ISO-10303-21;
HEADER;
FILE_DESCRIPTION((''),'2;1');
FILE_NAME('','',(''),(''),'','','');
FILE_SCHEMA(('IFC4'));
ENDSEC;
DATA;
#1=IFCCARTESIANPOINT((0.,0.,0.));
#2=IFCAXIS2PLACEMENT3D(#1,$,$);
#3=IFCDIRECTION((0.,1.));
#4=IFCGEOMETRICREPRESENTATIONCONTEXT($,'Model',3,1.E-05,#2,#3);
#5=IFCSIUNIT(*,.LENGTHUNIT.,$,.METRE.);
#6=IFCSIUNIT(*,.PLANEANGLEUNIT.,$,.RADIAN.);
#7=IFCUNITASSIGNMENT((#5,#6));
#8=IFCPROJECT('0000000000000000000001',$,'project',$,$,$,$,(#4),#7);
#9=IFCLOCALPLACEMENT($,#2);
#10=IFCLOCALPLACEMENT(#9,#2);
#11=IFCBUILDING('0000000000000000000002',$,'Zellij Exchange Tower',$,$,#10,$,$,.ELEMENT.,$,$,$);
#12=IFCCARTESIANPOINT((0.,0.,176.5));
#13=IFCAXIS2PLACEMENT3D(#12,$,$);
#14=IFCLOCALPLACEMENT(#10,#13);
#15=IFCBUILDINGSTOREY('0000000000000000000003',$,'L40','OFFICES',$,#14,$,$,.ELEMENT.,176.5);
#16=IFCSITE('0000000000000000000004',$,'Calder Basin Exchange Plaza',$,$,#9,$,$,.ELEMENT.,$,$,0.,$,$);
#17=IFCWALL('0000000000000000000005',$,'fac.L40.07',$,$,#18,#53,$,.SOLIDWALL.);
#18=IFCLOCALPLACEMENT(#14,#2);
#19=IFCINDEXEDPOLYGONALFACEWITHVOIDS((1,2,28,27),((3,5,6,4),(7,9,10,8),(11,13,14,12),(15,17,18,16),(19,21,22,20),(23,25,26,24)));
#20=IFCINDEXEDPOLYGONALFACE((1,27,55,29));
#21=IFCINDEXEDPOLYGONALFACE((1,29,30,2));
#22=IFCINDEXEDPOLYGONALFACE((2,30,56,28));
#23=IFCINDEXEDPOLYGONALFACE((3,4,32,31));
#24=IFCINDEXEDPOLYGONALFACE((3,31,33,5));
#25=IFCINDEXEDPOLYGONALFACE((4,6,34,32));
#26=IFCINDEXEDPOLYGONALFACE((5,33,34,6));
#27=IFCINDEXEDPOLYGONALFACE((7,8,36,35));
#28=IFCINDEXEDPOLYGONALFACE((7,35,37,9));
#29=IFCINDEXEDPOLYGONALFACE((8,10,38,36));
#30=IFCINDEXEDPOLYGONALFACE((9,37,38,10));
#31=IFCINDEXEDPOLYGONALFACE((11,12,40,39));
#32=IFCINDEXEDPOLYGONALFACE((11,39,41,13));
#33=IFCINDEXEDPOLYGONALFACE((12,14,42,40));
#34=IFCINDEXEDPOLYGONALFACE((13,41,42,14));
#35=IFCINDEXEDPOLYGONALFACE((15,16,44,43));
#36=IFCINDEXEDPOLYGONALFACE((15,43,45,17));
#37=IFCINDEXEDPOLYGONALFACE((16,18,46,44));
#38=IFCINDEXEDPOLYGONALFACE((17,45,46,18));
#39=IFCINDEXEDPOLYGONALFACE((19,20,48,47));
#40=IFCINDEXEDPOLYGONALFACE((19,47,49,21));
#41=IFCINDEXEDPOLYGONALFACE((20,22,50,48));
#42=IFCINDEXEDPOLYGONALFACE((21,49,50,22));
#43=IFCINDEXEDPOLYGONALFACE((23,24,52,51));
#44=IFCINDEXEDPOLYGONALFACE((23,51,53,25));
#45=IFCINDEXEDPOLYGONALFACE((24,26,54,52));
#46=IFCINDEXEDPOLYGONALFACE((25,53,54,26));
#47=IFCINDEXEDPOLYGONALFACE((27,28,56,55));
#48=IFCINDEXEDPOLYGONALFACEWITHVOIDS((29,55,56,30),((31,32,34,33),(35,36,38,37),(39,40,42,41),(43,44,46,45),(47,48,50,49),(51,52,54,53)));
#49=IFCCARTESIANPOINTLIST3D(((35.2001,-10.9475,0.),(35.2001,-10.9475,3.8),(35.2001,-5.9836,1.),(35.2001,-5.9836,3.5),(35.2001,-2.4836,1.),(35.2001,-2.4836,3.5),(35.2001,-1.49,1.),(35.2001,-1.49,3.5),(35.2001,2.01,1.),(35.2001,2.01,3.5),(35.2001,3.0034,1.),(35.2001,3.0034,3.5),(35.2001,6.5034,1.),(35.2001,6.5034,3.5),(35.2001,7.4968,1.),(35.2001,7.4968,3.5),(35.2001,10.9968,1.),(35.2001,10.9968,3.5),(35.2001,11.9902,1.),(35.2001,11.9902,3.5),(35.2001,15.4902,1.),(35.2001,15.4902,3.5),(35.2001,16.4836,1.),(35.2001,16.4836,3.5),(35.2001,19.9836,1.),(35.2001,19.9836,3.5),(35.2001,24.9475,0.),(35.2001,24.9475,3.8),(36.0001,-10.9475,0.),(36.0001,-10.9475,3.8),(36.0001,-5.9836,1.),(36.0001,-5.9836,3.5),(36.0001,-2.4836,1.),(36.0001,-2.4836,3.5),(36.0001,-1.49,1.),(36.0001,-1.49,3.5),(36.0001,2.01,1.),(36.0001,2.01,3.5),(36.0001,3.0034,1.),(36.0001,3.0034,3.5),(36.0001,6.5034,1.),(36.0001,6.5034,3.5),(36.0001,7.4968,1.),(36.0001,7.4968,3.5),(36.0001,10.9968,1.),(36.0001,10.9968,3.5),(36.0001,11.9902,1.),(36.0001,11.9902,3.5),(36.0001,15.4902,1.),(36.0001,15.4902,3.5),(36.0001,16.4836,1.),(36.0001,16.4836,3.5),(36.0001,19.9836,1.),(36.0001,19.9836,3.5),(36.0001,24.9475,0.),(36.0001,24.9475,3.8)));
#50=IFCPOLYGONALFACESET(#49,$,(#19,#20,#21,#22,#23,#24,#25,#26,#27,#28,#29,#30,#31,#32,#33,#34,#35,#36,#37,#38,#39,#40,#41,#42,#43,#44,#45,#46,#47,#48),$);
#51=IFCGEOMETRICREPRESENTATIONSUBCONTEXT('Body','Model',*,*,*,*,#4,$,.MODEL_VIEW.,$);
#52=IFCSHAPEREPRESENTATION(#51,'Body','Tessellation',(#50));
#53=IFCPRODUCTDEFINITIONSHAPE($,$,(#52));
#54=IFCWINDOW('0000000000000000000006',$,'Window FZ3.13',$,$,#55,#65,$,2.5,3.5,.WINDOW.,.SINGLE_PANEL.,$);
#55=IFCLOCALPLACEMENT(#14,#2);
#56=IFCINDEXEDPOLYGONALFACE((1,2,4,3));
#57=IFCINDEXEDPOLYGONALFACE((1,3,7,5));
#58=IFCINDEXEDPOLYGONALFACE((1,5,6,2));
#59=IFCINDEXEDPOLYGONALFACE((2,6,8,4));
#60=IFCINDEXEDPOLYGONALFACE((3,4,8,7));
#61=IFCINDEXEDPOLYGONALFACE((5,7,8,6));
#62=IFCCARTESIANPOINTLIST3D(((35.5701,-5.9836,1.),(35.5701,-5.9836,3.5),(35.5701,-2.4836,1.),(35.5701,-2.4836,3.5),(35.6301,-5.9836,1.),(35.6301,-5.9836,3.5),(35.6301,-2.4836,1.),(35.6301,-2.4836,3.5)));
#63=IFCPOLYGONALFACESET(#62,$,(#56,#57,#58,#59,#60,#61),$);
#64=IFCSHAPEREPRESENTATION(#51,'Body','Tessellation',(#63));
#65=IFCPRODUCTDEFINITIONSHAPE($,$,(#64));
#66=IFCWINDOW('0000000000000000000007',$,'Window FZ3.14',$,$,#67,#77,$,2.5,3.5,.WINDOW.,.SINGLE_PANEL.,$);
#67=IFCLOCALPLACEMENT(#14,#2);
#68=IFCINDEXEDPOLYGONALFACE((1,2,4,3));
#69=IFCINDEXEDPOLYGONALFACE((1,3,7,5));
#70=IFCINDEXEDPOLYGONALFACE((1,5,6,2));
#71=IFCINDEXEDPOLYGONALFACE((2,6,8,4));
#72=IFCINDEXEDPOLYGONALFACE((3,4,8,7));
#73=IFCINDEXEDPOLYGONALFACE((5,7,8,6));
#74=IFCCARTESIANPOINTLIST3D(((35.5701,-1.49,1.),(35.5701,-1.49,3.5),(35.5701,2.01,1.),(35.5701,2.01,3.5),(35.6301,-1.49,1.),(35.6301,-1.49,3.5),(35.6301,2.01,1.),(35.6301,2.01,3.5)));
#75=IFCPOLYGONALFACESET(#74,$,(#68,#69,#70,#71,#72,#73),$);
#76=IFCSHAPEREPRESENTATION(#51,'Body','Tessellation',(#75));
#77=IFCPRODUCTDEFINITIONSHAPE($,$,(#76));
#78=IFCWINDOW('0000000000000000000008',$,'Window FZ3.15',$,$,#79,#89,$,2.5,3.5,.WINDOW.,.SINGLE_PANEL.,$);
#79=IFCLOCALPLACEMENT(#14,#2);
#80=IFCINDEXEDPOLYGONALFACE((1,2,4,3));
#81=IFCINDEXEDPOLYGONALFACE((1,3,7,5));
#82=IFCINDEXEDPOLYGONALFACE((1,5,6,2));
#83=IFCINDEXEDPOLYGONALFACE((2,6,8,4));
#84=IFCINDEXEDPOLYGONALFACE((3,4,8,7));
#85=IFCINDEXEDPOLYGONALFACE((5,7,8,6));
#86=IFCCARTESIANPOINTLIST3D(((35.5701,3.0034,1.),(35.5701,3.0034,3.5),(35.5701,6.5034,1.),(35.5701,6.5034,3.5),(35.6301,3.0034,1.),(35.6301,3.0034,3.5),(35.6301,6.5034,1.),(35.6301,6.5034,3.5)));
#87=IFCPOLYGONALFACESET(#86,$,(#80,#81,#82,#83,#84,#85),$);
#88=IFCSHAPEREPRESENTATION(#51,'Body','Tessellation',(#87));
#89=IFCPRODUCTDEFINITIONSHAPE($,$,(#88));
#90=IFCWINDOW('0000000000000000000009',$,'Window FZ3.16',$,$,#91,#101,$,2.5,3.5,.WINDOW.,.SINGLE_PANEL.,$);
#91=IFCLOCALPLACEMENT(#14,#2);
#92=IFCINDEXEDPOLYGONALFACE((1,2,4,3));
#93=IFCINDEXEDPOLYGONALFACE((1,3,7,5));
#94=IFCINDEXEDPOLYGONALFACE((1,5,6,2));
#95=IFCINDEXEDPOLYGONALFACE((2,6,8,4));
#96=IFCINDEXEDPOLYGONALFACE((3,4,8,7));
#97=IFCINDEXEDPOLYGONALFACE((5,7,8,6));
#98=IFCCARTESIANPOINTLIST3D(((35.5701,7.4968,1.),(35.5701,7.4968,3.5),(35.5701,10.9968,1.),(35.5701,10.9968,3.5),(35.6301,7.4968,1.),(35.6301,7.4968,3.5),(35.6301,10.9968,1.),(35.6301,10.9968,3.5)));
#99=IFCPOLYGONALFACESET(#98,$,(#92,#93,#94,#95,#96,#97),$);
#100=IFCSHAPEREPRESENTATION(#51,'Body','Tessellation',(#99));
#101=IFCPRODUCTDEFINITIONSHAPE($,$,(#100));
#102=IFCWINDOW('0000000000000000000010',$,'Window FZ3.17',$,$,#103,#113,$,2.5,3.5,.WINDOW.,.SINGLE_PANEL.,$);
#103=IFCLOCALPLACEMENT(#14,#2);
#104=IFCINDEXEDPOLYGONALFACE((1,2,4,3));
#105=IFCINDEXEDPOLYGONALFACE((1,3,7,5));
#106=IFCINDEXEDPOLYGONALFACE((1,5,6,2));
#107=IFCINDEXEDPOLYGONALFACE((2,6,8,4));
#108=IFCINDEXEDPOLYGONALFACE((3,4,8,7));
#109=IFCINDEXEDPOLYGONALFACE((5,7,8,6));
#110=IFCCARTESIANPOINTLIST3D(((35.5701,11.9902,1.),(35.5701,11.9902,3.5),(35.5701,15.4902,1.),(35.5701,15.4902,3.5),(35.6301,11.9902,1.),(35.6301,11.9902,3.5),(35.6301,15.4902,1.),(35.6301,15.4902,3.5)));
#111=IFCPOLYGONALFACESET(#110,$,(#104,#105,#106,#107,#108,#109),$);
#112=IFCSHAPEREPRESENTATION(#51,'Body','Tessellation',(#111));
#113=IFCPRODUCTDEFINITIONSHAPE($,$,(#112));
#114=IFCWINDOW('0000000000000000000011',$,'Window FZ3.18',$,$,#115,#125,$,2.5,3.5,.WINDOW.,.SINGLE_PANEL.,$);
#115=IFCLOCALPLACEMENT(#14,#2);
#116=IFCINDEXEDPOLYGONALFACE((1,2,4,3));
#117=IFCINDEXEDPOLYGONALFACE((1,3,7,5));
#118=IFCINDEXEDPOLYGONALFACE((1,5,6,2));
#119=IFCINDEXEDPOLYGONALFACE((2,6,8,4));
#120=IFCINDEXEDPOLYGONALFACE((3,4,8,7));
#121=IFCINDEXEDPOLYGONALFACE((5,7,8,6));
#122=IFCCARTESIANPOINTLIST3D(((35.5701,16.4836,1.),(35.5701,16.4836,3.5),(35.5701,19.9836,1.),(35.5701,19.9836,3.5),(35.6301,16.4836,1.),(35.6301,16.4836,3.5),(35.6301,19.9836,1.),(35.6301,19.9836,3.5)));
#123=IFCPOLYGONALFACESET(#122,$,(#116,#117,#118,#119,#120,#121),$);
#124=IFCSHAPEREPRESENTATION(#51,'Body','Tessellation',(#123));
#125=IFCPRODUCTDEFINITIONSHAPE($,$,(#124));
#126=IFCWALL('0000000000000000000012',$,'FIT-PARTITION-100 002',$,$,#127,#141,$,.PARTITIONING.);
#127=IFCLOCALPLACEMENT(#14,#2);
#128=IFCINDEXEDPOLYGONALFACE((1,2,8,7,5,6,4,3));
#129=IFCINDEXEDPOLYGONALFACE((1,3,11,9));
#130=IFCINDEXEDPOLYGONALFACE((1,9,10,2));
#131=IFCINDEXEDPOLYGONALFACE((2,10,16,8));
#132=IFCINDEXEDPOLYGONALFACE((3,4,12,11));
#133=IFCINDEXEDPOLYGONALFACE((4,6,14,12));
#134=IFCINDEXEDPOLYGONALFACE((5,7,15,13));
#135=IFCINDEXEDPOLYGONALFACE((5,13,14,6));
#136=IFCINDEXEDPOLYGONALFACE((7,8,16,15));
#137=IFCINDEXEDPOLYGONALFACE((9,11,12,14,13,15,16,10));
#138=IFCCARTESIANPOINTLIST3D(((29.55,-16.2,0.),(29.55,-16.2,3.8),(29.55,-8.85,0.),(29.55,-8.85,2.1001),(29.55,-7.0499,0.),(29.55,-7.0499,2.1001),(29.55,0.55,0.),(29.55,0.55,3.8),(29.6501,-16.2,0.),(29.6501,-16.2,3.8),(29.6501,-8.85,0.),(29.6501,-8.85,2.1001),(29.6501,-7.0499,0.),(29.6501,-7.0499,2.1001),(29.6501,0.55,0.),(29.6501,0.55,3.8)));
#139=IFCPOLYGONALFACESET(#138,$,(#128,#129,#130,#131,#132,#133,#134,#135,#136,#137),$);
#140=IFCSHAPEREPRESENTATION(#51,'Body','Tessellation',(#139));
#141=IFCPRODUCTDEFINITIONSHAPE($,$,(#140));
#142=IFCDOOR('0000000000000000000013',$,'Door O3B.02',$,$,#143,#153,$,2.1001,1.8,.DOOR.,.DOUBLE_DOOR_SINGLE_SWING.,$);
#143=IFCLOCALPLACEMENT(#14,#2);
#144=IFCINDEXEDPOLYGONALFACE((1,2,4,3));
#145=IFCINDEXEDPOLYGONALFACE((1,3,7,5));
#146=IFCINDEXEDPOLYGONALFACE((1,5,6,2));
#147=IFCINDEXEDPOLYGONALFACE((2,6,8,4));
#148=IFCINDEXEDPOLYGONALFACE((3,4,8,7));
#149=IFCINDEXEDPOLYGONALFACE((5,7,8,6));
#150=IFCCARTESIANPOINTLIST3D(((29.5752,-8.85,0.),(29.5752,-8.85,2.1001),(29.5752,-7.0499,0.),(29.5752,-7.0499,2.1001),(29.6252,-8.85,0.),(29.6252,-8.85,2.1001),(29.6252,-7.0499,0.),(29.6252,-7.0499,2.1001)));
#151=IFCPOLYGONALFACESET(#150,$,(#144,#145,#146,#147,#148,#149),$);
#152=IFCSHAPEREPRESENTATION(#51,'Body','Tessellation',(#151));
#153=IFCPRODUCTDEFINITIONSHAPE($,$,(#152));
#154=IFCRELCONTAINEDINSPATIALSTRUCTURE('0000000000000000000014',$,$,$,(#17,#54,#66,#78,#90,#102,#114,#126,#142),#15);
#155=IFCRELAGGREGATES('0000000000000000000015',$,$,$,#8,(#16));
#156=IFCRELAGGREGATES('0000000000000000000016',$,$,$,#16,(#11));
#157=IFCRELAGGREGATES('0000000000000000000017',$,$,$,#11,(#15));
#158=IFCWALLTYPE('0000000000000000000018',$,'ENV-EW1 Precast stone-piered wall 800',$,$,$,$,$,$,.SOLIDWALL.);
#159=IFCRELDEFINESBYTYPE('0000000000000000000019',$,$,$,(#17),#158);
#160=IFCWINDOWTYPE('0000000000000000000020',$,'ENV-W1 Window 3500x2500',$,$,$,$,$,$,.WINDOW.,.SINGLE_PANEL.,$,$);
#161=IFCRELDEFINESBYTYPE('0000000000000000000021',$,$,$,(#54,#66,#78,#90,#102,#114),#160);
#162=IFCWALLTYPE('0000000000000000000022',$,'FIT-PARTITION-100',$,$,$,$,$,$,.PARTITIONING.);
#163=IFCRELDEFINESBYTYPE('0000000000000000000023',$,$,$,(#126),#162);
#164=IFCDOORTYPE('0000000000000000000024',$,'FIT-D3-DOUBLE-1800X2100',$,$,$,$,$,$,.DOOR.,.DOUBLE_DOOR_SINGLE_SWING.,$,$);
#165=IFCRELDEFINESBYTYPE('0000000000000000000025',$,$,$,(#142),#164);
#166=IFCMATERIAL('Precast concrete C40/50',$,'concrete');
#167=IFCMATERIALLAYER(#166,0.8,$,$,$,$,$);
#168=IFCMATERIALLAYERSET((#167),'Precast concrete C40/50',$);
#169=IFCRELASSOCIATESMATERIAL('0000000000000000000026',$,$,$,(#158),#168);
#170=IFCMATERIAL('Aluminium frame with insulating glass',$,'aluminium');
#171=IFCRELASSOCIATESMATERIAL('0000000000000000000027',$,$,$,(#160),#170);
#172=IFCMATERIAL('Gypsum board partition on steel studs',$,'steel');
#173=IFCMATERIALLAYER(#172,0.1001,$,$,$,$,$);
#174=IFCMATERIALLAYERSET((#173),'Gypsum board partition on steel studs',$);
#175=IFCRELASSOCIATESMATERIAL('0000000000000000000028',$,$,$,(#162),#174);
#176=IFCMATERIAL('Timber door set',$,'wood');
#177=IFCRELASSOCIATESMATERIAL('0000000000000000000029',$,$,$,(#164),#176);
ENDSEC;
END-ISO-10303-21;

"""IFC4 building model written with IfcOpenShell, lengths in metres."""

from ifc_helpers import new_model, si_unit, direction, frame, frame_2d, origin, place, context, subcontext, project, spatial, rectangle, extrude, material, layer, layer_set, type_object, element, fill, save


model = new_model("IFC4")

# Units and contexts
model_context = context("Model", 3, precision=1e-05, world=origin(), true_north=direction((0.0, 1.0)))
body_context = subcontext(model_context, "Body", "Model", "MODEL_VIEW")
ifc_project = project(units=[si_unit("LENGTHUNIT", "METRE"), si_unit("PLANEANGLEUNIT", "RADIAN")], contexts=[model_context])

# Site, building, storey
site_placement = place(None, origin())
site = spatial("IfcSite", under=ifc_project, at=site_placement, Name="Calder Basin Exchange Plaza", CompositionType="ELEMENT", RefElevation=0.0)
building_placement = place(site_placement, origin())
building = spatial("IfcBuilding", under=site, at=building_placement, Name="Zellij Exchange Tower", CompositionType="ELEMENT")
storey_placement = place(building_placement, frame((0.0, 0.0, 176.5)))
storey = spatial("IfcBuildingStorey", under=building, at=storey_placement, Name="L40", Description="OFFICES", CompositionType="ELEMENT", Elevation=176.5)

# Shared definitions
ifc_material_1 = material(Name="Precast concrete C40/50", Category="concrete")
ifc_layer_1 = layer(ifc_material_1, 0.8)
ifc_layer_set_1 = layer_set([ifc_layer_1], Name="Precast concrete C40/50")
wall_type_1 = type_object("IfcWallType", Name="ENV-EW1 Precast stone-piered wall 800", PredefinedType="SOLIDWALL", material=ifc_layer_set_1)

# Wall, openings, windows
wall_1_placement = place(storey_placement, frame((35.6001, -10.9475, 0.0), z_axis=(0.0, 0.0, 1.0), x_axis=(0.0, 1.0, 0.0)))
wall_1 = element("IfcWall", 1, at=wall_1_placement, inside=storey, type_object=wall_type_1, Name="fac.L40.07", PredefinedType="SOLIDWALL", context=body_context, shape_type="SweptSolid", body=[
    extrude(rectangle(XDim=35.895, YDim=0.8, at=frame_2d((17.9475, 0.0))), origin(), (0.0, 0.0, 1.0), 3.8),
])
opening_1_placement = place(wall_1_placement, frame((4.9639, 0.0, 1.0)))
opening_1 = element("IfcOpeningElement", 2, at=opening_1_placement, cuts=wall_1, PredefinedType="OPENING", context=body_context, shape_type="SweptSolid", body=[
    extrude(rectangle(XDim=3.5, YDim=2.5, at=frame_2d((1.75, 1.25))), frame((0.0, 0.4121, 0.0), z_axis=(0.0, -1.0, 0.0), x_axis=(1.0, 0.0, 0.0)), (0.0, 0.0, 1.0), 0.824),
])
opening_2_placement = place(wall_1_placement, frame((9.4575, 0.0, 1.0)))
opening_2 = element("IfcOpeningElement", 3, at=opening_2_placement, cuts=wall_1, PredefinedType="OPENING", context=body_context, shape_type="SweptSolid", body=[
    extrude(rectangle(XDim=3.5, YDim=2.5, at=frame_2d((1.75, 1.25))), frame((0.0, 0.4121, 0.0), z_axis=(0.0, -1.0, 0.0), x_axis=(1.0, 0.0, 0.0)), (0.0, 0.0, 1.0), 0.824),
])
opening_3_placement = place(wall_1_placement, frame((13.9509, 0.0, 1.0)))
opening_3 = element("IfcOpeningElement", 4, at=opening_3_placement, cuts=wall_1, PredefinedType="OPENING", context=body_context, shape_type="SweptSolid", body=[
    extrude(rectangle(XDim=3.5, YDim=2.5, at=frame_2d((1.75, 1.25))), frame((0.0, 0.4121, 0.0), z_axis=(0.0, -1.0, 0.0), x_axis=(1.0, 0.0, 0.0)), (0.0, 0.0, 1.0), 0.824),
])
opening_4_placement = place(wall_1_placement, frame((18.4443, 0.0, 1.0)))
opening_4 = element("IfcOpeningElement", 5, at=opening_4_placement, cuts=wall_1, PredefinedType="OPENING", context=body_context, shape_type="SweptSolid", body=[
    extrude(rectangle(XDim=3.5, YDim=2.5, at=frame_2d((1.75, 1.25))), frame((0.0, 0.4121, 0.0), z_axis=(0.0, -1.0, 0.0), x_axis=(1.0, 0.0, 0.0)), (0.0, 0.0, 1.0), 0.824),
])
opening_5_placement = place(wall_1_placement, frame((22.9377, 0.0, 1.0)))
opening_5 = element("IfcOpeningElement", 6, at=opening_5_placement, cuts=wall_1, PredefinedType="OPENING", context=body_context, shape_type="SweptSolid", body=[
    extrude(rectangle(XDim=3.5, YDim=2.5, at=frame_2d((1.75, 1.25))), frame((0.0, 0.4121, 0.0), z_axis=(0.0, -1.0, 0.0), x_axis=(1.0, 0.0, 0.0)), (0.0, 0.0, 1.0), 0.824),
])
opening_6_placement = place(wall_1_placement, frame((27.4312, 0.0, 1.0)))
opening_6 = element("IfcOpeningElement", 7, at=opening_6_placement, cuts=wall_1, PredefinedType="OPENING", context=body_context, shape_type="SweptSolid", body=[
    extrude(rectangle(XDim=3.5, YDim=2.5, at=frame_2d((1.75, 1.25))), frame((0.0, 0.4121, 0.0), z_axis=(0.0, -1.0, 0.0), x_axis=(1.0, 0.0, 0.0)), (0.0, 0.0, 1.0), 0.824),
])
ifc_material_2 = material(Name="Aluminium frame with insulating glass", Category="aluminium")
window_type = type_object("IfcWindowType", Name="ENV-W1 Window 3500x2500", PartitioningType="SINGLE_PANEL", PredefinedType="WINDOW", material=ifc_material_2)
window_1_placement = place(opening_1_placement, origin())
window_1 = element("IfcWindow", 8, at=window_1_placement, inside=storey, type_object=window_type, Name="Window FZ3.13", OverallHeight=2.5, OverallWidth=3.5, PartitioningType="SINGLE_PANEL", PredefinedType="WINDOW", context=body_context, shape_type="SweptSolid", body=[
    extrude(rectangle(XDim=3.5, YDim=2.5, at=frame_2d((1.75, 1.25))), frame((0.0, 0.03, 0.0), z_axis=(0.0, -1.0, 0.0), x_axis=(1.0, 0.0, 0.0)), (0.0, 0.0, 1.0), 0.0601),
])
fill(opening_1, window_1)
window_2_placement = place(opening_2_placement, origin())
window_2 = element("IfcWindow", 9, at=window_2_placement, inside=storey, type_object=window_type, Name="Window FZ3.14", OverallHeight=2.5, OverallWidth=3.5, PartitioningType="SINGLE_PANEL", PredefinedType="WINDOW", context=body_context, shape_type="SweptSolid", body=[
    extrude(rectangle(XDim=3.5, YDim=2.5, at=frame_2d((1.75, 1.25))), frame((0.0, 0.03, 0.0), z_axis=(0.0, -1.0, 0.0), x_axis=(1.0, 0.0, 0.0)), (0.0, 0.0, 1.0), 0.0601),
])
fill(opening_2, window_2)
window_3_placement = place(opening_3_placement, origin())
window_3 = element("IfcWindow", 10, at=window_3_placement, inside=storey, type_object=window_type, Name="Window FZ3.15", OverallHeight=2.5, OverallWidth=3.5, PartitioningType="SINGLE_PANEL", PredefinedType="WINDOW", context=body_context, shape_type="SweptSolid", body=[
    extrude(rectangle(XDim=3.5, YDim=2.5, at=frame_2d((1.75, 1.25))), frame((0.0, 0.03, 0.0), z_axis=(0.0, -1.0, 0.0), x_axis=(1.0, 0.0, 0.0)), (0.0, 0.0, 1.0), 0.0601),
])
fill(opening_3, window_3)
window_4_placement = place(opening_4_placement, origin())
window_4 = element("IfcWindow", 11, at=window_4_placement, inside=storey, type_object=window_type, Name="Window FZ3.16", OverallHeight=2.5, OverallWidth=3.5, PartitioningType="SINGLE_PANEL", PredefinedType="WINDOW", context=body_context, shape_type="SweptSolid", body=[
    extrude(rectangle(XDim=3.5, YDim=2.5, at=frame_2d((1.75, 1.25))), frame((0.0, 0.03, 0.0), z_axis=(0.0, -1.0, 0.0), x_axis=(1.0, 0.0, 0.0)), (0.0, 0.0, 1.0), 0.0601),
])
fill(opening_4, window_4)
window_5_placement = place(opening_5_placement, origin())
window_5 = element("IfcWindow", 12, at=window_5_placement, inside=storey, type_object=window_type, Name="Window FZ3.17", OverallHeight=2.5, OverallWidth=3.5, PartitioningType="SINGLE_PANEL", PredefinedType="WINDOW", context=body_context, shape_type="SweptSolid", body=[
    extrude(rectangle(XDim=3.5, YDim=2.5, at=frame_2d((1.75, 1.25))), frame((0.0, 0.03, 0.0), z_axis=(0.0, -1.0, 0.0), x_axis=(1.0, 0.0, 0.0)), (0.0, 0.0, 1.0), 0.0601),
])
fill(opening_5, window_5)
window_6_placement = place(opening_6_placement, origin())
window_6 = element("IfcWindow", 13, at=window_6_placement, inside=storey, type_object=window_type, Name="Window FZ3.18", OverallHeight=2.5, OverallWidth=3.5, PartitioningType="SINGLE_PANEL", PredefinedType="WINDOW", context=body_context, shape_type="SweptSolid", body=[
    extrude(rectangle(XDim=3.5, YDim=2.5, at=frame_2d((1.75, 1.25))), frame((0.0, 0.03, 0.0), z_axis=(0.0, -1.0, 0.0), x_axis=(1.0, 0.0, 0.0)), (0.0, 0.0, 1.0), 0.0601),
])
fill(opening_6, window_6)

# Wall, opening, door
ifc_material_3 = material(Name="Gypsum board partition on steel studs", Category="steel")
ifc_layer_2 = layer(ifc_material_3, 0.1001)
ifc_layer_set_2 = layer_set([ifc_layer_2], Name="Gypsum board partition on steel studs")
wall_type_2 = type_object("IfcWallType", Name="FIT-PARTITION-100", PredefinedType="PARTITIONING", material=ifc_layer_set_2)
wall_2_placement = place(storey_placement, frame((29.6001, -16.2, 0.0), z_axis=(0.0, 0.0, 1.0), x_axis=(0.0, 1.0, 0.0)))
wall_2 = element("IfcWall", 14, at=wall_2_placement, inside=storey, type_object=wall_type_2, Name="FIT-PARTITION-100 002", PredefinedType="PARTITIONING", context=body_context, shape_type="SweptSolid", body=[
    extrude(rectangle(XDim=16.75, YDim=0.1001, at=frame_2d((8.375, 0.0))), origin(), (0.0, 0.0, 1.0), 3.8),
])
opening_7_placement = place(wall_2_placement, frame((7.3501, 0.0, 0.0)))
opening_7 = element("IfcOpeningElement", 15, at=opening_7_placement, cuts=wall_2, PredefinedType="OPENING", context=body_context, shape_type="SweptSolid", body=[
    extrude(rectangle(XDim=1.8, YDim=2.1001, at=frame_2d((0.8999, 1.05))), frame((0.0, 0.062, 0.0), z_axis=(0.0, -1.0, 0.0), x_axis=(1.0, 0.0, 0.0)), (0.0, 0.0, 1.0), 0.124),
])
ifc_material_4 = material(Name="Timber door set", Category="wood")
door_type_1 = type_object("IfcDoorType", Name="FIT-D3-DOUBLE-1800X2100", OperationType="DOUBLE_DOOR_SINGLE_SWING", PredefinedType="DOOR", material=ifc_material_4)
door_1_placement = place(opening_7_placement, origin())
door_1 = element("IfcDoor", 16, at=door_1_placement, inside=storey, type_object=door_type_1, Name="Door O3B.02", OperationType="DOUBLE_DOOR_SINGLE_SWING", OverallHeight=2.1001, OverallWidth=1.8, PredefinedType="DOOR", context=body_context, shape_type="SweptSolid", body=[
    extrude(rectangle(XDim=1.8, YDim=2.1001, at=frame_2d((0.8999, 1.05))), frame((0.0, 0.0249, 0.0), z_axis=(0.0, -1.0, 0.0), x_axis=(1.0, 0.0, 0.0)), (0.0, 0.0, 1.0), 0.05),
])
fill(opening_7, door_1)

save(model, "model.ifc")
